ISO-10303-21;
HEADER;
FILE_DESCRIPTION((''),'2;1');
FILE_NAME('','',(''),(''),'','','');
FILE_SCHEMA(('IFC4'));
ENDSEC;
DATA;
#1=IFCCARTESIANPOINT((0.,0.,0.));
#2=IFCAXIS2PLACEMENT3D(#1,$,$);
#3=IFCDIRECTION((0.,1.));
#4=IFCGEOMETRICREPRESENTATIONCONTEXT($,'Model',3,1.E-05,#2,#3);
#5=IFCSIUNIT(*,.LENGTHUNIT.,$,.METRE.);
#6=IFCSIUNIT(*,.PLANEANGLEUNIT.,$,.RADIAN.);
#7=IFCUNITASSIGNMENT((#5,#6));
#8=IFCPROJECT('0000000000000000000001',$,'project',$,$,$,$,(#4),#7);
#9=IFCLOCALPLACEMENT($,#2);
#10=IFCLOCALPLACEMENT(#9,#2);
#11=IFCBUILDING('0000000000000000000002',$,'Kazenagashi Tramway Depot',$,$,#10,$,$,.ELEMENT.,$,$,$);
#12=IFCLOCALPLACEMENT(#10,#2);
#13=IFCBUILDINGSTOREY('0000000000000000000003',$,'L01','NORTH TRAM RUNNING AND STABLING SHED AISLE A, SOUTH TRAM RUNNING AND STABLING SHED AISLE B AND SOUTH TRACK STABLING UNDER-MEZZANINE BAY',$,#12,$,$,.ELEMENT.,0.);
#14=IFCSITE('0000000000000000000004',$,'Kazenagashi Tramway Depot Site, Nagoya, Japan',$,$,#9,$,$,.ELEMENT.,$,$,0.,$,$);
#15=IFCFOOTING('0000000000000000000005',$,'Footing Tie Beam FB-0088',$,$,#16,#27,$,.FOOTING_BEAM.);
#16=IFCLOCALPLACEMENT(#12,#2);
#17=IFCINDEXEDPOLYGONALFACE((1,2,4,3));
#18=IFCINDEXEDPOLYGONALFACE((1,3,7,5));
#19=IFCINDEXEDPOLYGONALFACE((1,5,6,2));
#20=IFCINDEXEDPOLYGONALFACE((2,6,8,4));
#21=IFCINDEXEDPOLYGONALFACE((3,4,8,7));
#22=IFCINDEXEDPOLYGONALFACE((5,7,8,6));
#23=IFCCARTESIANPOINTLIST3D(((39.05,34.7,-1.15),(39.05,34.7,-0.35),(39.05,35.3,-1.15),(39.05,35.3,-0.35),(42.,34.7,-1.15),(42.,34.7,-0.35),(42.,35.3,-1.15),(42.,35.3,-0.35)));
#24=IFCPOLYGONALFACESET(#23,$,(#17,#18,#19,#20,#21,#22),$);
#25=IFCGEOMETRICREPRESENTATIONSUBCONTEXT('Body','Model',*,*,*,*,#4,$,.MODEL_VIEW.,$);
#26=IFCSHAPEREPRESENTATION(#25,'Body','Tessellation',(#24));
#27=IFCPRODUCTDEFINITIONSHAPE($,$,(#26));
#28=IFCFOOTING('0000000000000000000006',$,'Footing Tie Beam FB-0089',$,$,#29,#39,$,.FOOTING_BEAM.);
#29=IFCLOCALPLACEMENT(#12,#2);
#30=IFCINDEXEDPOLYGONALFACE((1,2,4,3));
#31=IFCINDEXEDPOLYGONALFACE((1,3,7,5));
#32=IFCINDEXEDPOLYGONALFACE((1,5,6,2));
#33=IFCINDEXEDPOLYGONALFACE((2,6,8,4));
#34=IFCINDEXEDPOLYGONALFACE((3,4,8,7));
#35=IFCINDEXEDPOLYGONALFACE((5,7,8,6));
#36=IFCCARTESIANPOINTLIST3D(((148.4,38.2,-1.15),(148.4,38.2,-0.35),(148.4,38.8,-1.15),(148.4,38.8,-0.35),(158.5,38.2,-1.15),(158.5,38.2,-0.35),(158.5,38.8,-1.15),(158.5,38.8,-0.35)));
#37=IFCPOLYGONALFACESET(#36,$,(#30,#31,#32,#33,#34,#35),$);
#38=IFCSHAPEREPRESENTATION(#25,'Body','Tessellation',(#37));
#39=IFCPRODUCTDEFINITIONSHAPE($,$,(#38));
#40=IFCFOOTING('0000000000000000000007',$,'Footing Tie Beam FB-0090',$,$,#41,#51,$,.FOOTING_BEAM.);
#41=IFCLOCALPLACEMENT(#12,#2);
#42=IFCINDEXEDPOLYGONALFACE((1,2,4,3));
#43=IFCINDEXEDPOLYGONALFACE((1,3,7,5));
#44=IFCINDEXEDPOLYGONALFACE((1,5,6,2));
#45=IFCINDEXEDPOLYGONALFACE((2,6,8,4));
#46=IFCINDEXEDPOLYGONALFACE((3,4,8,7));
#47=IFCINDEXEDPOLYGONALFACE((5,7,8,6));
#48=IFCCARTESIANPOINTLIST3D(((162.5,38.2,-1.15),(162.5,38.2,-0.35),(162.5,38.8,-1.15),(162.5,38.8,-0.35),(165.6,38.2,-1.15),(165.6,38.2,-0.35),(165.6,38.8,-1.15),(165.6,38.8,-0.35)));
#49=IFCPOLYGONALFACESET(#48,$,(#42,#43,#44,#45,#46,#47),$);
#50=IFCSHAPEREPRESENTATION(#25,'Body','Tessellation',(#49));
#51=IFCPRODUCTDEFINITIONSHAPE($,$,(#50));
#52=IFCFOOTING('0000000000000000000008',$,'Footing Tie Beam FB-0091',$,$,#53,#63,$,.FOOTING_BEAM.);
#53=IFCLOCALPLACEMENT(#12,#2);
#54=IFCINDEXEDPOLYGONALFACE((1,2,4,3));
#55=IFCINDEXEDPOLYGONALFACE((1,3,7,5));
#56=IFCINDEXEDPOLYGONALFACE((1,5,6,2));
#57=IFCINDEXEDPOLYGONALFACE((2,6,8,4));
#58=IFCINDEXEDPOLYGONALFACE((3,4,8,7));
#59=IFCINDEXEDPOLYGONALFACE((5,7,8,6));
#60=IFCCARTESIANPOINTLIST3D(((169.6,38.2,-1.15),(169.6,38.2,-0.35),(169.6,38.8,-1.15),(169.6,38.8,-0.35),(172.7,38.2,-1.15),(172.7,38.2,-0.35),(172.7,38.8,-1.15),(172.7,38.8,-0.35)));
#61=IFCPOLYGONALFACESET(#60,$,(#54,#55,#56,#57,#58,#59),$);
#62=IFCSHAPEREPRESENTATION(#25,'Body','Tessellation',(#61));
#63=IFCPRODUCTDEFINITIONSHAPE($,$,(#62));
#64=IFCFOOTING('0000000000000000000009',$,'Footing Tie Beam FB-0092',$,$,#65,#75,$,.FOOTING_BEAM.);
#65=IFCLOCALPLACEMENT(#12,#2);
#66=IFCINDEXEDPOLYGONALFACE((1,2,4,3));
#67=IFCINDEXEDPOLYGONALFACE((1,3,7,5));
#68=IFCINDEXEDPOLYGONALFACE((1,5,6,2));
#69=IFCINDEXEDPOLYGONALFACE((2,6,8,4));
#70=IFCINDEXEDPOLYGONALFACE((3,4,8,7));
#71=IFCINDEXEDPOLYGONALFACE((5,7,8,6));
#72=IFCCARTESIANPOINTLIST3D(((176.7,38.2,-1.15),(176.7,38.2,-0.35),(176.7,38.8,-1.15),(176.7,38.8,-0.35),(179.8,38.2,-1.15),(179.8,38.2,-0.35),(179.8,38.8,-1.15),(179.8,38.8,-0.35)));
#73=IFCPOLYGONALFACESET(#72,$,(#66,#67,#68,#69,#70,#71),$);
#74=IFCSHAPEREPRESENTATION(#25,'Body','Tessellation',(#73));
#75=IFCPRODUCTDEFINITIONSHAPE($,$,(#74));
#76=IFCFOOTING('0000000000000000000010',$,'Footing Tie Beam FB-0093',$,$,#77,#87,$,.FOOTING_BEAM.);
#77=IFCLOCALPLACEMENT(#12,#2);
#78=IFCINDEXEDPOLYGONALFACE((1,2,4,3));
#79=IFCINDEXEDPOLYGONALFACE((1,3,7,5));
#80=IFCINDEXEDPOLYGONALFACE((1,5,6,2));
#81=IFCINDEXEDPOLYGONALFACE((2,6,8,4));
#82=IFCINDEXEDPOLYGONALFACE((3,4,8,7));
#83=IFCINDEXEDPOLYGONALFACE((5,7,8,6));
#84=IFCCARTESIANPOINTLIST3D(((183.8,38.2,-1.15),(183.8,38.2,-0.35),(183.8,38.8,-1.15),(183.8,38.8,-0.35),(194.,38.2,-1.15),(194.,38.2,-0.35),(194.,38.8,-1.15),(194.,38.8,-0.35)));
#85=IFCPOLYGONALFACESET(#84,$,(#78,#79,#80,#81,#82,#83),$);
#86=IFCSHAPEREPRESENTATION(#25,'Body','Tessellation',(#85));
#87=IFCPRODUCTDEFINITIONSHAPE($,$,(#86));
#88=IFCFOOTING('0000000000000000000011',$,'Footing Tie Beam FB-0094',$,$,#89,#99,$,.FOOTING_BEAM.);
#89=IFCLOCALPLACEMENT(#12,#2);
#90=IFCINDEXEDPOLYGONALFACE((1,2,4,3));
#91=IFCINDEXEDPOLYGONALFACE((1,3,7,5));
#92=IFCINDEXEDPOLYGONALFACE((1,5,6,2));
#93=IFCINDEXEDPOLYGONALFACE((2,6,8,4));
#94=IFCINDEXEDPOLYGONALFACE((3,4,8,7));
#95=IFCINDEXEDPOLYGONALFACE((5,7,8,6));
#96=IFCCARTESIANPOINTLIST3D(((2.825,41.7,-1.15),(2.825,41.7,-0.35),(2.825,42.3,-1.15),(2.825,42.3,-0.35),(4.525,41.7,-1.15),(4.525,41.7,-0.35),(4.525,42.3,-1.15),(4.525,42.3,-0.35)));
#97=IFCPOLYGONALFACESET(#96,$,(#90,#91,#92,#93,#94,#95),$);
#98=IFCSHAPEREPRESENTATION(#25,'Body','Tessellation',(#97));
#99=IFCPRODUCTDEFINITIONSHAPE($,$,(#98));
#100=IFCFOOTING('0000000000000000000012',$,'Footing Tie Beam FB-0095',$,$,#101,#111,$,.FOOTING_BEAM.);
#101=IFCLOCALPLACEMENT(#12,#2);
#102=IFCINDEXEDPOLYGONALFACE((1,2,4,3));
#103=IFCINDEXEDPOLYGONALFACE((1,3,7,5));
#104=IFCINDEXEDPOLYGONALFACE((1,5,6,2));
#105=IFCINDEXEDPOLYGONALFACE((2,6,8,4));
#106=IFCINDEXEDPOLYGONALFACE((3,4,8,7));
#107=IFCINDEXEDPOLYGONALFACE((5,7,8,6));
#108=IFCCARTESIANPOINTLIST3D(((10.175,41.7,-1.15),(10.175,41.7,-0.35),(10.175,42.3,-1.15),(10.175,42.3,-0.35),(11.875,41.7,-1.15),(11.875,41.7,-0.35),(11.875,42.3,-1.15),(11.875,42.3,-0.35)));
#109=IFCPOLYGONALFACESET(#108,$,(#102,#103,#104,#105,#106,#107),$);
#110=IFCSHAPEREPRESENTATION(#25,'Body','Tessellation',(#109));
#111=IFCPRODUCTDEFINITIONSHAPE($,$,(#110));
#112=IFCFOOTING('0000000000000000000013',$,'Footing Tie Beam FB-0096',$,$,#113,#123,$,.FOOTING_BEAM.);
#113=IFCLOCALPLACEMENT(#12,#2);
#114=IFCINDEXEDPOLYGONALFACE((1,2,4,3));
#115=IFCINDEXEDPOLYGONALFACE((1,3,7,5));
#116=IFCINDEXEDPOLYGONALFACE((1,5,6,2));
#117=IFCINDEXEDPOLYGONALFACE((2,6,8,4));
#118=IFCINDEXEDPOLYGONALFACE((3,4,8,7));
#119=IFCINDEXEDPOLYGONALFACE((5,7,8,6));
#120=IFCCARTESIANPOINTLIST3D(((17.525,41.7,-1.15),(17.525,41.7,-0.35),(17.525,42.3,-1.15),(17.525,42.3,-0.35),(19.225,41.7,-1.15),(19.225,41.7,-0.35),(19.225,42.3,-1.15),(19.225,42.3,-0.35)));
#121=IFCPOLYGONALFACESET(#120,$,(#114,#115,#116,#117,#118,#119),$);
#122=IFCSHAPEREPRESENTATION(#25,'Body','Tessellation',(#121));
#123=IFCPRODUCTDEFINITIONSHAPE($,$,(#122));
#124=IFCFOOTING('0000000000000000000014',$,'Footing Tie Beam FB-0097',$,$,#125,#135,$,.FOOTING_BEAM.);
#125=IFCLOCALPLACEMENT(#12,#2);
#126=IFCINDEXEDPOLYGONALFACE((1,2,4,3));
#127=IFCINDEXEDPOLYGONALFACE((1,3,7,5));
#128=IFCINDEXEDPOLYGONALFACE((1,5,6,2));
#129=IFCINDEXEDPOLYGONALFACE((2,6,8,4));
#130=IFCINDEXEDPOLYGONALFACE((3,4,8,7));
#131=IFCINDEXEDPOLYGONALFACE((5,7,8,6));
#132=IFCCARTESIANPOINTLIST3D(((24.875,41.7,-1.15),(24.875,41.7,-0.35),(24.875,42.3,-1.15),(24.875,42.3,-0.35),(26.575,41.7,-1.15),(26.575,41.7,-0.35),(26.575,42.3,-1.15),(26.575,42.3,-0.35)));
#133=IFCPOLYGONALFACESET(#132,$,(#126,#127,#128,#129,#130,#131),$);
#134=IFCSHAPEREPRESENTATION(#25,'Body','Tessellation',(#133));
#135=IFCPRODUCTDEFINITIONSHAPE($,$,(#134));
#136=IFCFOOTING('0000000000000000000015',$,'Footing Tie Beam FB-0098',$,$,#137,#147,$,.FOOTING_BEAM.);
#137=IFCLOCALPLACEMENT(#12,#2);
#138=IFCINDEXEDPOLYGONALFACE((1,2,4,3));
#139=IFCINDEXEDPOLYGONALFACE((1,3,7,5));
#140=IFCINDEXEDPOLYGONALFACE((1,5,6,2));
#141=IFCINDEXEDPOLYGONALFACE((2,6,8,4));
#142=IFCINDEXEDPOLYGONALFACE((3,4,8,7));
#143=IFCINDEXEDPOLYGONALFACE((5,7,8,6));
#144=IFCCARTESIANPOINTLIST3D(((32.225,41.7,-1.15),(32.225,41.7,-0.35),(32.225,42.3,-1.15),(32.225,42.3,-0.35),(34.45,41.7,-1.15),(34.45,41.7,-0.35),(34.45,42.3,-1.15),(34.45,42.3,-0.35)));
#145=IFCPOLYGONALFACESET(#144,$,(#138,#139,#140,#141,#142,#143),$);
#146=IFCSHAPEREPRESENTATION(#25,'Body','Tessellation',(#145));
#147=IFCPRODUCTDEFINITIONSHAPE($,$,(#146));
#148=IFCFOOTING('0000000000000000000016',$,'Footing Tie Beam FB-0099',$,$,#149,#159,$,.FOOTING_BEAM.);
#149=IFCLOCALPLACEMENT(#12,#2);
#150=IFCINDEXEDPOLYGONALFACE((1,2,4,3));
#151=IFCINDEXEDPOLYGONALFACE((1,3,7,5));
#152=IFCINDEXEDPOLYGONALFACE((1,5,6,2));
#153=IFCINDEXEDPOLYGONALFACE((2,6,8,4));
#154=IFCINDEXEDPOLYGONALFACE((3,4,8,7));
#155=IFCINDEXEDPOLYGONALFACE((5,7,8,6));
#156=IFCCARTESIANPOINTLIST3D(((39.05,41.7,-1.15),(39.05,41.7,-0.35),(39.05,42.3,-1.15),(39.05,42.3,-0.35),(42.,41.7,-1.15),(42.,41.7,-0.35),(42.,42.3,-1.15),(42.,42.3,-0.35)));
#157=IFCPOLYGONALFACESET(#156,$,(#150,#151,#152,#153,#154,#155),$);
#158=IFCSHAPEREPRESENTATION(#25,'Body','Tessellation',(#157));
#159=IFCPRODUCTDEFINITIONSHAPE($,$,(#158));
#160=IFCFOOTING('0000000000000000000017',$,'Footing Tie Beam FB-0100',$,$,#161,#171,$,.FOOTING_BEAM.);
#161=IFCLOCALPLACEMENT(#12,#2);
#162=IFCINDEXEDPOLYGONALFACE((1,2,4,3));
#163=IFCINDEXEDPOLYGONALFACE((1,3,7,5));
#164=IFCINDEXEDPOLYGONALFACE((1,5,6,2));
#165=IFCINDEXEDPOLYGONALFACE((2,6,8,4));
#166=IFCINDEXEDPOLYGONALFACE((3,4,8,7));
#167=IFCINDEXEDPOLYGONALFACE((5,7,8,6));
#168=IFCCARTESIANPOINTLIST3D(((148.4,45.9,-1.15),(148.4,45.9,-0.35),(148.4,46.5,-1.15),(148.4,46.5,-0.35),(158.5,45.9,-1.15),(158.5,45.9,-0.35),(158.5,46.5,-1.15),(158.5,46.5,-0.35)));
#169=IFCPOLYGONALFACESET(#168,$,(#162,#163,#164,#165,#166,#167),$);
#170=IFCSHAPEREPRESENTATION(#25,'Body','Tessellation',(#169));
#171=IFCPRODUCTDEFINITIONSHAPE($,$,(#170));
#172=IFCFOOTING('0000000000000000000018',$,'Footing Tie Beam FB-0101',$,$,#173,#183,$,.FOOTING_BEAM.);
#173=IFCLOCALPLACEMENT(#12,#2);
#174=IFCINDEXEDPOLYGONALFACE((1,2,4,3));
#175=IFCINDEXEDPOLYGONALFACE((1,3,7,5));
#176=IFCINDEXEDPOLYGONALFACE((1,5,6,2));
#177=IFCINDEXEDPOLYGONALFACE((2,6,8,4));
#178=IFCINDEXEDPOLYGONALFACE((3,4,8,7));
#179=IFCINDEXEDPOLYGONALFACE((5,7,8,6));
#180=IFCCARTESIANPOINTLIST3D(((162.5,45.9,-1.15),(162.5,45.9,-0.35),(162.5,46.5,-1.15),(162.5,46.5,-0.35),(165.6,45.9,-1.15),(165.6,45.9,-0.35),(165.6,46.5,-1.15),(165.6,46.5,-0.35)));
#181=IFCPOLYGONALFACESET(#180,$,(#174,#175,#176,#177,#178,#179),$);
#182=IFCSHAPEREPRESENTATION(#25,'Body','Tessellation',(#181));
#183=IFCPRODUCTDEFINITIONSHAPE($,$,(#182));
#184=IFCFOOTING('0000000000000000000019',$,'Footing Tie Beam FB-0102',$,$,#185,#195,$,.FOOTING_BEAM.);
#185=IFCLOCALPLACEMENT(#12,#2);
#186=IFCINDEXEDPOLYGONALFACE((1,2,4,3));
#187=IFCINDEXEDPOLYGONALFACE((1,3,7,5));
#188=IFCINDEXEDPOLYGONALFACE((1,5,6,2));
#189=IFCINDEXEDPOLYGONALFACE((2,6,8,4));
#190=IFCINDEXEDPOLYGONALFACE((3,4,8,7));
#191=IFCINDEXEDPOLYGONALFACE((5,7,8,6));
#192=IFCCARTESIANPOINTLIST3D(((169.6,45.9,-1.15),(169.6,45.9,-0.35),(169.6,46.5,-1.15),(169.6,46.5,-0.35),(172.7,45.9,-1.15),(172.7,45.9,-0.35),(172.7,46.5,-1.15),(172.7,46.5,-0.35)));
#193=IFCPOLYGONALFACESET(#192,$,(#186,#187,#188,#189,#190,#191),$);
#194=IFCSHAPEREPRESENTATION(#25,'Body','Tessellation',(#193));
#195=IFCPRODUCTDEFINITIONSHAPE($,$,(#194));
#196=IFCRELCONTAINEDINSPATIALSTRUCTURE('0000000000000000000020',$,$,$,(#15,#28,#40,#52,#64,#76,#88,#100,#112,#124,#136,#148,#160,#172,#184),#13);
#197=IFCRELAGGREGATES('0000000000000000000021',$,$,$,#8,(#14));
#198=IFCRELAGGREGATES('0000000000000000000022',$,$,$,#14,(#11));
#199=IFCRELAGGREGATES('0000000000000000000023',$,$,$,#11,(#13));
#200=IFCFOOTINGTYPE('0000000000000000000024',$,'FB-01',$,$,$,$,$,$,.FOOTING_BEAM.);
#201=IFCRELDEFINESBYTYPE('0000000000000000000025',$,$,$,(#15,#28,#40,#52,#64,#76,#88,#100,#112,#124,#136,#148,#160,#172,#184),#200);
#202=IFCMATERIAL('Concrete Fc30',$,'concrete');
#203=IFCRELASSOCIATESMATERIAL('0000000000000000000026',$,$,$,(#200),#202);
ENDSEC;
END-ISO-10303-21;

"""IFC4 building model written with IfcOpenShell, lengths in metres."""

from ifc_helpers import new_model, si_unit, direction, frame, origin, place, context, subcontext, project, spatial, polyline, outline, extrude, material, type_object, element, save


model = new_model("IFC4")

# Units and contexts
model_context = context("Model", 3, precision=1e-05, world=origin(), true_north=direction((0.0, 1.0)))
body_context = subcontext(model_context, "Body", "Model", "MODEL_VIEW")
ifc_project = project(units=[si_unit("LENGTHUNIT", "METRE"), si_unit("PLANEANGLEUNIT", "RADIAN")], contexts=[model_context])

# Site, building, storey
site_placement = place(None, origin())
site = spatial("IfcSite", under=ifc_project, at=site_placement, Name="Kazenagashi Tramway Depot Site, Nagoya, Japan", CompositionType="ELEMENT", RefElevation=0.0)
building_placement = place(site_placement, origin())
building = spatial("IfcBuilding", under=site, at=building_placement, Name="Kazenagashi Tramway Depot", CompositionType="ELEMENT")
storey_placement = place(building_placement, origin())
storey = spatial("IfcBuildingStorey", under=building, at=storey_placement, Name="L01", Description="NORTH TRAM RUNNING AND STABLING SHED AISLE A, SOUTH TRAM RUNNING AND STABLING SHED AISLE B AND SOUTH TRACK STABLING UNDER-MEZZANINE BAY", CompositionType="ELEMENT", Elevation=0.0)

# Footings
ifc_material = material(Name="Concrete Fc30", Category="concrete")
footing_type = type_object("IfcFootingType", Name="FB-01", PredefinedType="FOOTING_BEAM", material=ifc_material)
footing_1_placement = place(storey_placement, frame((0.0, 0.0, -1.15)))
element("IfcFooting", 1, at=footing_1_placement, inside=storey, type_object=footing_type, Name="Footing Tie Beam FB-0088", PredefinedType="FOOTING_BEAM", context=body_context, shape_type="SweptSolid", body=[
    extrude(outline(polyline([(39.05, 34.7), (42.0, 34.7), (42.0, 35.3), (39.05, 35.3), (39.05, 34.7)])), origin(), (0.0, 0.0, 1.0), 0.8),
])
footing_2_placement = place(storey_placement, frame((0.0, 0.0, -1.15)))
element("IfcFooting", 2, at=footing_2_placement, inside=storey, type_object=footing_type, Name="Footing Tie Beam FB-0089", PredefinedType="FOOTING_BEAM", context=body_context, shape_type="SweptSolid", body=[
    extrude(outline(polyline([(148.4, 38.2), (158.5, 38.2), (158.5, 38.8), (148.4, 38.8), (148.4, 38.2)])), origin(), (0.0, 0.0, 1.0), 0.8),
])
footing_3_placement = place(storey_placement, frame((0.0, 0.0, -1.15)))
element("IfcFooting", 3, at=footing_3_placement, inside=storey, type_object=footing_type, Name="Footing Tie Beam FB-0090", PredefinedType="FOOTING_BEAM", context=body_context, shape_type="SweptSolid", body=[
    extrude(outline(polyline([(162.5, 38.2), (165.6, 38.2), (165.6, 38.8), (162.5, 38.8), (162.5, 38.2)])), origin(), (0.0, 0.0, 1.0), 0.8),
])
footing_4_placement = place(storey_placement, frame((0.0, 0.0, -1.15)))
element("IfcFooting", 4, at=footing_4_placement, inside=storey, type_object=footing_type, Name="Footing Tie Beam FB-0091", PredefinedType="FOOTING_BEAM", context=body_context, shape_type="SweptSolid", body=[
    extrude(outline(polyline([(169.6, 38.2), (172.7, 38.2), (172.7, 38.8), (169.6, 38.8), (169.6, 38.2)])), origin(), (0.0, 0.0, 1.0), 0.8),
])
footing_5_placement = place(storey_placement, frame((0.0, 0.0, -1.15)))
element("IfcFooting", 5, at=footing_5_placement, inside=storey, type_object=footing_type, Name="Footing Tie Beam FB-0092", PredefinedType="FOOTING_BEAM", context=body_context, shape_type="SweptSolid", body=[
    extrude(outline(polyline([(176.7, 38.2), (179.8, 38.2), (179.8, 38.8), (176.7, 38.8), (176.7, 38.2)])), origin(), (0.0, 0.0, 1.0), 0.8),
])
footing_6_placement = place(storey_placement, frame((0.0, 0.0, -1.15)))
element("IfcFooting", 6, at=footing_6_placement, inside=storey, type_object=footing_type, Name="Footing Tie Beam FB-0093", PredefinedType="FOOTING_BEAM", context=body_context, shape_type="SweptSolid", body=[
    extrude(outline(polyline([(183.8, 38.2), (194.0, 38.2), (194.0, 38.8), (183.8, 38.8), (183.8, 38.2)])), origin(), (0.0, 0.0, 1.0), 0.8),
])
footing_7_placement = place(storey_placement, frame((0.0, 0.0, -1.15)))
element("IfcFooting", 7, at=footing_7_placement, inside=storey, type_object=footing_type, Name="Footing Tie Beam FB-0094", PredefinedType="FOOTING_BEAM", context=body_context, shape_type="SweptSolid", body=[
    extrude(outline(polyline([(2.825, 41.7), (4.525, 41.7), (4.525, 42.3), (2.825, 42.3), (2.825, 41.7)])), origin(), (0.0, 0.0, 1.0), 0.8),
])
footing_8_placement = place(storey_placement, frame((0.0, 0.0, -1.15)))
element("IfcFooting", 8, at=footing_8_placement, inside=storey, type_object=footing_type, Name="Footing Tie Beam FB-0095", PredefinedType="FOOTING_BEAM", context=body_context, shape_type="SweptSolid", body=[
    extrude(outline(polyline([(10.175, 41.7), (11.875, 41.7), (11.875, 42.3), (10.175, 42.3), (10.175, 41.7)])), origin(), (0.0, 0.0, 1.0), 0.8),
])
footing_9_placement = place(storey_placement, frame((0.0, 0.0, -1.15)))
element("IfcFooting", 9, at=footing_9_placement, inside=storey, type_object=footing_type, Name="Footing Tie Beam FB-0096", PredefinedType="FOOTING_BEAM", context=body_context, shape_type="SweptSolid", body=[
    extrude(outline(polyline([(17.525, 41.7), (19.225, 41.7), (19.225, 42.3), (17.525, 42.3), (17.525, 41.7)])), origin(), (0.0, 0.0, 1.0), 0.8),
])
footing_10_placement = place(storey_placement, frame((0.0, 0.0, -1.15)))
element("IfcFooting", 10, at=footing_10_placement, inside=storey, type_object=footing_type, Name="Footing Tie Beam FB-0097", PredefinedType="FOOTING_BEAM", context=body_context, shape_type="SweptSolid", body=[
    extrude(outline(polyline([(24.875, 41.7), (26.575, 41.7), (26.575, 42.3), (24.875, 42.3), (24.875, 41.7)])), origin(), (0.0, 0.0, 1.0), 0.8),
])
footing_11_placement = place(storey_placement, frame((0.0, 0.0, -1.15)))
element("IfcFooting", 11, at=footing_11_placement, inside=storey, type_object=footing_type, Name="Footing Tie Beam FB-0098", PredefinedType="FOOTING_BEAM", context=body_context, shape_type="SweptSolid", body=[
    extrude(outline(polyline([(32.225, 41.7), (34.45, 41.7), (34.45, 42.3), (32.225, 42.3), (32.225, 41.7)])), origin(), (0.0, 0.0, 1.0), 0.8),
])
footing_12_placement = place(storey_placement, frame((0.0, 0.0, -1.15)))
element("IfcFooting", 12, at=footing_12_placement, inside=storey, type_object=footing_type, Name="Footing Tie Beam FB-0099", PredefinedType="FOOTING_BEAM", context=body_context, shape_type="SweptSolid", body=[
    extrude(outline(polyline([(39.05, 41.7), (42.0, 41.7), (42.0, 42.3), (39.05, 42.3), (39.05, 41.7)])), origin(), (0.0, 0.0, 1.0), 0.8),
])
footing_13_placement = place(storey_placement, frame((0.0, 0.0, -1.15)))
element("IfcFooting", 13, at=footing_13_placement, inside=storey, type_object=footing_type, Name="Footing Tie Beam FB-0100", PredefinedType="FOOTING_BEAM", context=body_context, shape_type="SweptSolid", body=[
    extrude(outline(polyline([(148.4, 45.9), (158.5, 45.9), (158.5, 46.5), (148.4, 46.5), (148.4, 45.9)])), origin(), (0.0, 0.0, 1.0), 0.8),
])
footing_14_placement = place(storey_placement, frame((0.0, 0.0, -1.15)))
element("IfcFooting", 14, at=footing_14_placement, inside=storey, type_object=footing_type, Name="Footing Tie Beam FB-0101", PredefinedType="FOOTING_BEAM", context=body_context, shape_type="SweptSolid", body=[
    extrude(outline(polyline([(162.5, 45.9), (165.6, 45.9), (165.6, 46.5), (162.5, 46.5), (162.5, 45.9)])), origin(), (0.0, 0.0, 1.0), 0.8),
])
footing_15_placement = place(storey_placement, frame((0.0, 0.0, -1.15)))
element("IfcFooting", 15, at=footing_15_placement, inside=storey, type_object=footing_type, Name="Footing Tie Beam FB-0102", PredefinedType="FOOTING_BEAM", context=body_context, shape_type="SweptSolid", body=[
    extrude(outline(polyline([(169.6, 45.9), (172.7, 45.9), (172.7, 46.5), (169.6, 46.5), (169.6, 45.9)])), origin(), (0.0, 0.0, 1.0), 0.8),
])

save(model, "model.ifc")
